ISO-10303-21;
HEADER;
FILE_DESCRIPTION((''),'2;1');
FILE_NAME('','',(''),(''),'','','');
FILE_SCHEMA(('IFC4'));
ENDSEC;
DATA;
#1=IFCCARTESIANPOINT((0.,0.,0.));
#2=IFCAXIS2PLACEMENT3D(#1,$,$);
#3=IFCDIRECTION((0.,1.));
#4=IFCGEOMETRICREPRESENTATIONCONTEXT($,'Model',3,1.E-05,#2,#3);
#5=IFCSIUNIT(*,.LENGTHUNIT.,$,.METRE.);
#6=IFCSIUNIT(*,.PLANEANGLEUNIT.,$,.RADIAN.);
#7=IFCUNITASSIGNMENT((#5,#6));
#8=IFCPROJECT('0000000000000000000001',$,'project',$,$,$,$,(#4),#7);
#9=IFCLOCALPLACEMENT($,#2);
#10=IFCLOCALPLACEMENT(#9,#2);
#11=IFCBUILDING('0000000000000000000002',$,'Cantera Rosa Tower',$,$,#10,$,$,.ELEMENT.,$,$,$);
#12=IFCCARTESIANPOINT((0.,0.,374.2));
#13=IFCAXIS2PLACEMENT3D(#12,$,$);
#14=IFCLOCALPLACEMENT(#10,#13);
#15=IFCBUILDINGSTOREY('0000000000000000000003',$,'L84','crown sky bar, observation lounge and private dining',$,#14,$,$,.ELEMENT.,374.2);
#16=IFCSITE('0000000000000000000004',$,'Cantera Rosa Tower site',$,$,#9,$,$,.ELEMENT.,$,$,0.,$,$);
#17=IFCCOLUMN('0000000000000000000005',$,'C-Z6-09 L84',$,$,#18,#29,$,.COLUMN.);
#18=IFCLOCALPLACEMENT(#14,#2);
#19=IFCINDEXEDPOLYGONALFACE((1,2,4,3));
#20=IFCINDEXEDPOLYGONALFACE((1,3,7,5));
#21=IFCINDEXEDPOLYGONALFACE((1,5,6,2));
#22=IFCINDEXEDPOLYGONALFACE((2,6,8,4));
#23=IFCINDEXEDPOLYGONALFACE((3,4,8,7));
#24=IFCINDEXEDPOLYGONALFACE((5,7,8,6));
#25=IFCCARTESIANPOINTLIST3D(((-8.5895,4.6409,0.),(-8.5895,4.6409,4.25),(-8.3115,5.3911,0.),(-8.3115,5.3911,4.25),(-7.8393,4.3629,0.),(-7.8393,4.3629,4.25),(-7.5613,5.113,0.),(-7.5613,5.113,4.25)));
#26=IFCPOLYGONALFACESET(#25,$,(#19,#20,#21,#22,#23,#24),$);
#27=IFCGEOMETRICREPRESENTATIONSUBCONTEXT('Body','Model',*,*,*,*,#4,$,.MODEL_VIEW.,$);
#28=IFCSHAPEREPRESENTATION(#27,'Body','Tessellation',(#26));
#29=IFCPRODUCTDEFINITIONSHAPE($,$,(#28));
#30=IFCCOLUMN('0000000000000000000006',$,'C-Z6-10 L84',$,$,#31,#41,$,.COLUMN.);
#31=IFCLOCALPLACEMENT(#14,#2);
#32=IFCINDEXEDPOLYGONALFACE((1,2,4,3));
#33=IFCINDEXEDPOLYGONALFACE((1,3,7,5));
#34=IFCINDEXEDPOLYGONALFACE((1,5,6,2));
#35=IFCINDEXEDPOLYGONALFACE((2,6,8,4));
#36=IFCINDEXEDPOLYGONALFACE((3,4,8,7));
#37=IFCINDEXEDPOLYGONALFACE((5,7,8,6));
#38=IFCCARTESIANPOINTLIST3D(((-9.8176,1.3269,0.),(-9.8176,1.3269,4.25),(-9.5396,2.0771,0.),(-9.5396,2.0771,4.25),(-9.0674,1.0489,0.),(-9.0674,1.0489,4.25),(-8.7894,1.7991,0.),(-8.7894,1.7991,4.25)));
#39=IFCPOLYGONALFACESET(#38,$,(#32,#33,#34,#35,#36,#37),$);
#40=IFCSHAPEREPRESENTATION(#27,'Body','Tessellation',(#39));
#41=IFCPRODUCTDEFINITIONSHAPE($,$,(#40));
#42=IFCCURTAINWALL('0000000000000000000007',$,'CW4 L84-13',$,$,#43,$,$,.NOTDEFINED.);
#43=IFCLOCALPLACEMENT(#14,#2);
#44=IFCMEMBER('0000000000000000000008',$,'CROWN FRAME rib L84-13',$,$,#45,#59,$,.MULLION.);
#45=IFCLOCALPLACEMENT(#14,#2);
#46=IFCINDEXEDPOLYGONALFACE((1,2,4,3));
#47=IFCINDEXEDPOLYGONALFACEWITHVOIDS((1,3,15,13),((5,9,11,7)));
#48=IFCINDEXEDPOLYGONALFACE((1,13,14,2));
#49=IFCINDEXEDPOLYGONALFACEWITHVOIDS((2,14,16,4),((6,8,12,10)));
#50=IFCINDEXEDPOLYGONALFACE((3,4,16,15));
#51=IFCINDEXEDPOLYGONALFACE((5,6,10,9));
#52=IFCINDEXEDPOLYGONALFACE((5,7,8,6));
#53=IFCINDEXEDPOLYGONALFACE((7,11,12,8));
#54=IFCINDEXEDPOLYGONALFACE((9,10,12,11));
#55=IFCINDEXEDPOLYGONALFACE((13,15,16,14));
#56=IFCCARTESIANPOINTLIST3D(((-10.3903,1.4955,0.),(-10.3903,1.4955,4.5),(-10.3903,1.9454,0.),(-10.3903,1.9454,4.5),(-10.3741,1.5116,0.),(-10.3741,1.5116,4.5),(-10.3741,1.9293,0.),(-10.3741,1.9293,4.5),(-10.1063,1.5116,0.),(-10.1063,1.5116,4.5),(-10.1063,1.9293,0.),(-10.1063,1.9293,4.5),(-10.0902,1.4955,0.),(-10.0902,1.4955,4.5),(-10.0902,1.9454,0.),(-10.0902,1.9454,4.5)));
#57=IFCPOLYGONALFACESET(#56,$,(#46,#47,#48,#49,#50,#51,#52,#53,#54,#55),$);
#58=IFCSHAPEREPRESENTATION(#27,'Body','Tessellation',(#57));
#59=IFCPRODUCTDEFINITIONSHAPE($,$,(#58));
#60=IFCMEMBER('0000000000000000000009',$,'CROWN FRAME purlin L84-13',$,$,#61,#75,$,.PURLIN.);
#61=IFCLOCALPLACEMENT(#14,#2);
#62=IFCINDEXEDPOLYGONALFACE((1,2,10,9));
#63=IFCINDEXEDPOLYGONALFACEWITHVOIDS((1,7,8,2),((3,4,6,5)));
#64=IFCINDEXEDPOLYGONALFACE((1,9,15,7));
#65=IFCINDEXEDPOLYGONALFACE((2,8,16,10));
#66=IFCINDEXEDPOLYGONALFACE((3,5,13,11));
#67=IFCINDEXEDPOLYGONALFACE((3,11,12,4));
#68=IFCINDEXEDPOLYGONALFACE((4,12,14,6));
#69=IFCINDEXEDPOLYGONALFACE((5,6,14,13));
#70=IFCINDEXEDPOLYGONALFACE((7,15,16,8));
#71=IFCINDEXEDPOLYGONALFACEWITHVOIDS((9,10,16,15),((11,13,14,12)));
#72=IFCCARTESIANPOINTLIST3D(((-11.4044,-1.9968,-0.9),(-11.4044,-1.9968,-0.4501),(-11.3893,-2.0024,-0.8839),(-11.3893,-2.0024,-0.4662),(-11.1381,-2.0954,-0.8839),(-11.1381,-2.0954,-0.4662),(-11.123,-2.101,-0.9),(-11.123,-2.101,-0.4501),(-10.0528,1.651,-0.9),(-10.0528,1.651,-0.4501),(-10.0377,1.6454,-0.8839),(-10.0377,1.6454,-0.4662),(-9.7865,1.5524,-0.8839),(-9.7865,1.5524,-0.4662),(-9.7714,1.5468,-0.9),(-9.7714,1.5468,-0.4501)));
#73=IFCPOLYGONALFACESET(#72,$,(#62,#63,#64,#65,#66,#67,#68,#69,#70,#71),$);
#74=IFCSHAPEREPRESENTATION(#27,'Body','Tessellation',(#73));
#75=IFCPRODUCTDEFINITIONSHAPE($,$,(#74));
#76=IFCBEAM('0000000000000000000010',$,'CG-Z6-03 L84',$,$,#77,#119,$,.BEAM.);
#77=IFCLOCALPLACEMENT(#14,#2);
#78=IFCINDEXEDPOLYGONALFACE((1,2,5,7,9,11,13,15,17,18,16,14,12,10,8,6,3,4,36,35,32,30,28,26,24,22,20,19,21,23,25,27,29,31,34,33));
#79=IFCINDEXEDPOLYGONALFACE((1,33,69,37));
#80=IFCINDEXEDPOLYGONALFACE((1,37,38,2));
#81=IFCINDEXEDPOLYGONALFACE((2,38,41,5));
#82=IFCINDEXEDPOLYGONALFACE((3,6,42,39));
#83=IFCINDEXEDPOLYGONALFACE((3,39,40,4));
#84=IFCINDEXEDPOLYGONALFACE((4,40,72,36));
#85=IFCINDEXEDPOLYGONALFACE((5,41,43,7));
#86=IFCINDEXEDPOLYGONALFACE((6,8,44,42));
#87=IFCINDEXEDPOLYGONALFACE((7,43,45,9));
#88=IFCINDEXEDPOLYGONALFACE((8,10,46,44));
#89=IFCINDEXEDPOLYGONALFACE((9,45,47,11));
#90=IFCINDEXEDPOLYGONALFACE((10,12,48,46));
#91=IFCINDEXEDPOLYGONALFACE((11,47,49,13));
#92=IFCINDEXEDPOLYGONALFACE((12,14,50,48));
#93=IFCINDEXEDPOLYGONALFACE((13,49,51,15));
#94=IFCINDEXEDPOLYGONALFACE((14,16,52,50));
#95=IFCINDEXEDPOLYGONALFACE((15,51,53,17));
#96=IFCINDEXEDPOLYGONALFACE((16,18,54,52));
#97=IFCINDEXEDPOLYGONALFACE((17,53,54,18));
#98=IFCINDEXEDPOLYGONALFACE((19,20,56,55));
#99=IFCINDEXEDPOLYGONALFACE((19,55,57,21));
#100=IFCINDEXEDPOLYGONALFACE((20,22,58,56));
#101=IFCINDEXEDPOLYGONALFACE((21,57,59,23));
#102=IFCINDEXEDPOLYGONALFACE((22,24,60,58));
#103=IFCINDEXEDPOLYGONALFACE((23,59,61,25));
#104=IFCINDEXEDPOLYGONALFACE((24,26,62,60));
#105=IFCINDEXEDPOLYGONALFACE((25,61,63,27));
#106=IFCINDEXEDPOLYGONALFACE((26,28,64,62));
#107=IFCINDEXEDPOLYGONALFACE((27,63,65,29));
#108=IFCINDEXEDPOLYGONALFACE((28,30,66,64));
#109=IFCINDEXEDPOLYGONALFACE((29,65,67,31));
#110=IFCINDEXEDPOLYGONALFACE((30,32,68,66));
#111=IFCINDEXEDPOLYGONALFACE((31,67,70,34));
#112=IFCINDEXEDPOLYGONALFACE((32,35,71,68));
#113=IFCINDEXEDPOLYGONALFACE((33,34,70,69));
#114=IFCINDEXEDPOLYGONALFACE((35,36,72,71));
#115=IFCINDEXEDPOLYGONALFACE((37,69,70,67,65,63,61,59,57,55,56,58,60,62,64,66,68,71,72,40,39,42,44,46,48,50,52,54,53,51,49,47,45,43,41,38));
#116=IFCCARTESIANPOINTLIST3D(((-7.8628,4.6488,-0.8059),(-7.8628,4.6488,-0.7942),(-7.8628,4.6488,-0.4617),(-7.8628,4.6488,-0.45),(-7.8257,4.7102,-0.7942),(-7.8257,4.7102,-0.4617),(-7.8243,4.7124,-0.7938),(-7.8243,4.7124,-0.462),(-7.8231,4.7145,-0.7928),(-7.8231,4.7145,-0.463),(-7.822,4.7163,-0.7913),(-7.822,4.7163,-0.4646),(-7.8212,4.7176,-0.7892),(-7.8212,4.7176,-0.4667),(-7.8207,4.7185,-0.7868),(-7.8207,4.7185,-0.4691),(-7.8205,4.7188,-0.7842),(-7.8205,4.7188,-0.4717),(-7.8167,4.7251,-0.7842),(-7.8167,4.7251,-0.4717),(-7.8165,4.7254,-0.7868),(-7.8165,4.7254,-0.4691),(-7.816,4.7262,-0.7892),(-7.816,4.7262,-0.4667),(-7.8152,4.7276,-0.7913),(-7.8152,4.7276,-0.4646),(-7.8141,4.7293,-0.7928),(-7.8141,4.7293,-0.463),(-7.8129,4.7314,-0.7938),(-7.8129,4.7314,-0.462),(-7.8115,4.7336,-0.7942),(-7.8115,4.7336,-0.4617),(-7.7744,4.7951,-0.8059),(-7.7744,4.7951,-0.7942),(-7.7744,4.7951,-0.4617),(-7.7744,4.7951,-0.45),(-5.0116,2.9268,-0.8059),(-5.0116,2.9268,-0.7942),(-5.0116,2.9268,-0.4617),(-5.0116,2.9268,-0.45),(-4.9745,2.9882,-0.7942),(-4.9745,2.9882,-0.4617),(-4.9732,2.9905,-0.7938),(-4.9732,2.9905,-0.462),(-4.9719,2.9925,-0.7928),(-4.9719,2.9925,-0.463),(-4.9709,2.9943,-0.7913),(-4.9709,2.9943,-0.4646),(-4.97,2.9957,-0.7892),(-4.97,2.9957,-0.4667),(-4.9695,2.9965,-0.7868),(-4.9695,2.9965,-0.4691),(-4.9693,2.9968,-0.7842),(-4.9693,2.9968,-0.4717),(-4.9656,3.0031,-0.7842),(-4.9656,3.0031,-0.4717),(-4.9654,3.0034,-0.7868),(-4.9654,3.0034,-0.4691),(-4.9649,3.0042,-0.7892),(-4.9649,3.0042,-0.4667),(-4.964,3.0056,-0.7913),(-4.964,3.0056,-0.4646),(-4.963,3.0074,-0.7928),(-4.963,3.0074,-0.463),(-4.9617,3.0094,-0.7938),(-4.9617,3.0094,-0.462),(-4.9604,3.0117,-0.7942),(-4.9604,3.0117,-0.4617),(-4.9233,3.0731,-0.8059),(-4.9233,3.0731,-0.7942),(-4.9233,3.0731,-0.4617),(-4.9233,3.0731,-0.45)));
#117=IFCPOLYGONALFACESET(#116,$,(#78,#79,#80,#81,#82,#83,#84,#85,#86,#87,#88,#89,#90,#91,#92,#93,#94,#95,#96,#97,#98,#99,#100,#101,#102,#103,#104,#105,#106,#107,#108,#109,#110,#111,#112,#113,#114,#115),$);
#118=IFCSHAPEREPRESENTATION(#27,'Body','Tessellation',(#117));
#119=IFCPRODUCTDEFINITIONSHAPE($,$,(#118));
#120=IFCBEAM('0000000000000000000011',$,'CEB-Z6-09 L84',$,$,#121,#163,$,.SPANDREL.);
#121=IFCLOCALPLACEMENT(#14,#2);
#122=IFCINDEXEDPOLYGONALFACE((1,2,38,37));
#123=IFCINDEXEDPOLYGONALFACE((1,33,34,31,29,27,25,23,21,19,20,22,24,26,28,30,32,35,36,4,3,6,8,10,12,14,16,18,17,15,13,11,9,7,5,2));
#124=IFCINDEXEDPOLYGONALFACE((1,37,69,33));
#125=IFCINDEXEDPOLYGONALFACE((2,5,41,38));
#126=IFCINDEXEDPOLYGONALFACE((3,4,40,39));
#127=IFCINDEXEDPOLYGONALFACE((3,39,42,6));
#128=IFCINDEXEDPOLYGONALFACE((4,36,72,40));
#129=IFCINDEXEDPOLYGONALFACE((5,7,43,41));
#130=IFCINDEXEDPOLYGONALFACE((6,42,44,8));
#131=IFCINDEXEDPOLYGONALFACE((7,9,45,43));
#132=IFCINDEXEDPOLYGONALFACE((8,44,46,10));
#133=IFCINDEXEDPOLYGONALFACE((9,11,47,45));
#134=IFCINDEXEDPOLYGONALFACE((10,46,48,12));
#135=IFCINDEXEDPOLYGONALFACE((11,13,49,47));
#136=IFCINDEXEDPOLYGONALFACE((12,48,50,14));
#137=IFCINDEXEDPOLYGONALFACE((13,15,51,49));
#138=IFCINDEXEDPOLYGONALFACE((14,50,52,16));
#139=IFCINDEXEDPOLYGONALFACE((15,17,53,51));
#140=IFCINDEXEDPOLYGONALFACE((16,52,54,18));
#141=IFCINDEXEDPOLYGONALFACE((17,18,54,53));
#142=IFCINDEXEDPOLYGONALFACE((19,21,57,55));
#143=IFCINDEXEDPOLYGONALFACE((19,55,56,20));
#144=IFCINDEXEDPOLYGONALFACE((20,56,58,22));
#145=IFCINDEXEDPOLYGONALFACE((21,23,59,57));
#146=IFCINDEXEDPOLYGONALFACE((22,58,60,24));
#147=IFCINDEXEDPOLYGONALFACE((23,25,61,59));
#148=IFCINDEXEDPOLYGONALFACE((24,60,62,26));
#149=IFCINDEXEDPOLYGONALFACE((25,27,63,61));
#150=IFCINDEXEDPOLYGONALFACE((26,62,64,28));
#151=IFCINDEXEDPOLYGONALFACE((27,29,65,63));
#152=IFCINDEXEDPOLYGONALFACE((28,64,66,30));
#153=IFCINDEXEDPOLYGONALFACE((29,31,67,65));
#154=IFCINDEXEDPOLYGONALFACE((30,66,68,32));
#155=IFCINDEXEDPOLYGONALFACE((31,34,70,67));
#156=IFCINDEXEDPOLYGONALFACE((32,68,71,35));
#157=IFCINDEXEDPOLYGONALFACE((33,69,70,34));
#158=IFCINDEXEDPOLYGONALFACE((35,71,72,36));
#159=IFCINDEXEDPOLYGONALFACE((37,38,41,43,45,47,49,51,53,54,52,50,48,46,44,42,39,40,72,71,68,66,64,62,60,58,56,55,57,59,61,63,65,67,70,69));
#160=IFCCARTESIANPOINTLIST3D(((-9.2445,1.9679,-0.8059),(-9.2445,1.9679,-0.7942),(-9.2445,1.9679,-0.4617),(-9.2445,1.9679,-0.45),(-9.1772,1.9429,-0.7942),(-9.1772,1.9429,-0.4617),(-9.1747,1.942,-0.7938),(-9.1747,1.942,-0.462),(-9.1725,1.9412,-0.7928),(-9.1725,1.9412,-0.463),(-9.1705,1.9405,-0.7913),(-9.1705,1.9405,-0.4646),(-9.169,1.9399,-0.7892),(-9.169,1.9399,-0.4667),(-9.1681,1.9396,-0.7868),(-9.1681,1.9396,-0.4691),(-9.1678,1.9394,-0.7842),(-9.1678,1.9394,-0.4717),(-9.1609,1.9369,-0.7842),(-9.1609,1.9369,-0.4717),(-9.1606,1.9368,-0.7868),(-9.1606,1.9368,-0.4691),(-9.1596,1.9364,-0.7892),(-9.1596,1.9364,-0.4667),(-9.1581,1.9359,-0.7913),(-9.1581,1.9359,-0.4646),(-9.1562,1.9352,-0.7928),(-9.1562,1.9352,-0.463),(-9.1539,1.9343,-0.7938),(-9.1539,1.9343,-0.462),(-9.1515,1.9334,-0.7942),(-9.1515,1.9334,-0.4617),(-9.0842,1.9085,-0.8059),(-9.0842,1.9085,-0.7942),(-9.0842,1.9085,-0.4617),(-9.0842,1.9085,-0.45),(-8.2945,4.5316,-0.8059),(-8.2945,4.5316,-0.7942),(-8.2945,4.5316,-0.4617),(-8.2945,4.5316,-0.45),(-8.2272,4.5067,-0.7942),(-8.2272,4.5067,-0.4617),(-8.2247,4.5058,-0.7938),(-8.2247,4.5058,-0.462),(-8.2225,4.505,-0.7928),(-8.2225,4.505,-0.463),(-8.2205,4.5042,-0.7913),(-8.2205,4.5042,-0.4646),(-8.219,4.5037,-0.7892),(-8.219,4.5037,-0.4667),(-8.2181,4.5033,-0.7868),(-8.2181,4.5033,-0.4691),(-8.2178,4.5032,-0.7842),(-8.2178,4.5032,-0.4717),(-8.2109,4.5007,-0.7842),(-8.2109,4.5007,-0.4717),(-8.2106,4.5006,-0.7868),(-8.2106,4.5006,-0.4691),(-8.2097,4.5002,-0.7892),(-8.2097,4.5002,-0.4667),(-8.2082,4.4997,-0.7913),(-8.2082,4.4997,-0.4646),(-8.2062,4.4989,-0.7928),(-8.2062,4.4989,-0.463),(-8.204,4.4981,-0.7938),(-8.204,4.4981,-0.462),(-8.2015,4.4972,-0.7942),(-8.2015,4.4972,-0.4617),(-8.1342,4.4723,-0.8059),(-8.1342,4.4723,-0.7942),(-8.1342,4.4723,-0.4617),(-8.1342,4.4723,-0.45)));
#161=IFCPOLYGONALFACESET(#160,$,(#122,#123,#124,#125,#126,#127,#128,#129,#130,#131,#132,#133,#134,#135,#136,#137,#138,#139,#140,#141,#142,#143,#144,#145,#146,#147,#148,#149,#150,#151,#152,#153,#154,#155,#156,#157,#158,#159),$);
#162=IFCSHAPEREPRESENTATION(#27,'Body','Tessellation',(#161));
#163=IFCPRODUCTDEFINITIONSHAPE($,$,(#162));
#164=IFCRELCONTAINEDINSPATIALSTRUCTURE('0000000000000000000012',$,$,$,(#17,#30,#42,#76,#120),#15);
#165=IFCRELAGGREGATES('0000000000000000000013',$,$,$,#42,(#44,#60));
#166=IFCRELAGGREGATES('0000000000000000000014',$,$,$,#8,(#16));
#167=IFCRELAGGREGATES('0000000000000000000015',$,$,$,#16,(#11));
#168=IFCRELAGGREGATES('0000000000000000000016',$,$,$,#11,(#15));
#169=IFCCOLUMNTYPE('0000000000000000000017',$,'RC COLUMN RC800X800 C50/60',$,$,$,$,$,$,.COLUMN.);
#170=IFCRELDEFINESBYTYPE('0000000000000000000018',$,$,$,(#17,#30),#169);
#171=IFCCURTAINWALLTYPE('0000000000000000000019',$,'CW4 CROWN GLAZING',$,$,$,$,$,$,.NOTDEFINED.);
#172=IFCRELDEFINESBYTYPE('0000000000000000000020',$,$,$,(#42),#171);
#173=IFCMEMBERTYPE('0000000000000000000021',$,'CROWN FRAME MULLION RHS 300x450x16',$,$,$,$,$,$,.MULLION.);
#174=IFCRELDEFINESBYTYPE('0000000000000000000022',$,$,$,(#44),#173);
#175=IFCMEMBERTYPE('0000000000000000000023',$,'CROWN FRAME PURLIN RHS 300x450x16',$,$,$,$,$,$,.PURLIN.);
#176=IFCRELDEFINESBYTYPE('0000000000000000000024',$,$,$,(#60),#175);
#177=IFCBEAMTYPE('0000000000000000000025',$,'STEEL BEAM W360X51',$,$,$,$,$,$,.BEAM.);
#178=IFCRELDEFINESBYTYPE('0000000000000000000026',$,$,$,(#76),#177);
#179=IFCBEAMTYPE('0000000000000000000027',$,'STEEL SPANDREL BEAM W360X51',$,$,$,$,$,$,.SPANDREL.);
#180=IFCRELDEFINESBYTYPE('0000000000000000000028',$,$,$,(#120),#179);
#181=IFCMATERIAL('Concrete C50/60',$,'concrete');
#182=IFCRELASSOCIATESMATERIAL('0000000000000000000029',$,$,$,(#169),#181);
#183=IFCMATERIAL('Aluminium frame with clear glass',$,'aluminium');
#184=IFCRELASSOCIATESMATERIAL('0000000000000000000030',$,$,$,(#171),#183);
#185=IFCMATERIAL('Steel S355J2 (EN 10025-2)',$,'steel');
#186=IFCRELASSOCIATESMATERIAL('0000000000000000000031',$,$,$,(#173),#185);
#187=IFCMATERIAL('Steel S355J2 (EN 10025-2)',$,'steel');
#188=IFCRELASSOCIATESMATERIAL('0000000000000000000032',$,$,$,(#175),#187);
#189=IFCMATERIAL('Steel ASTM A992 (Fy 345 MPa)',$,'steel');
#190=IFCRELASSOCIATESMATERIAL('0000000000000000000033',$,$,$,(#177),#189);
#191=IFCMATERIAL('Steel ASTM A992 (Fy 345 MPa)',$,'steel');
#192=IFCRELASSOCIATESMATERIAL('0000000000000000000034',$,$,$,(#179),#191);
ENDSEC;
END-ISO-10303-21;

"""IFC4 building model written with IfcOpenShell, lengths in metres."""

from ifc_helpers import new_model, si_unit, direction, frame, origin, origin_2d, place, context, subcontext, project, spatial, rectangle, hollow_rectangle, i_section, extrude, material, material_profile, profile_set, type_object, element, aggregate, save


model = new_model("IFC4")

# Units and contexts
model_context = context("Model", 3, precision=1e-05, world=origin(), true_north=direction((0.0, 1.0)))
body_context = subcontext(model_context, "Body", "Model", "MODEL_VIEW")
ifc_project = project(units=[si_unit("LENGTHUNIT", "METRE"), si_unit("PLANEANGLEUNIT", "RADIAN")], contexts=[model_context])

# Site, building, storey
site_placement = place(None, origin())
site = spatial("IfcSite", under=ifc_project, at=site_placement, Name="Cantera Rosa Tower site", CompositionType="ELEMENT", RefElevation=0.0)
building_placement = place(site_placement, origin())
building = spatial("IfcBuilding", under=site, at=building_placement, Name="Cantera Rosa Tower", CompositionType="ELEMENT")
storey_placement = place(building_placement, frame((0.0, 0.0, 374.2)))
storey = spatial("IfcBuildingStorey", under=building, at=storey_placement, Name="L84", Description="crown sky bar, observation lounge and private dining", CompositionType="ELEMENT", Elevation=374.2)

# Columns
ifc_material_1 = material(Name="Concrete C50/60", Category="concrete")
ifc_material_profile_1 = material_profile(ifc_material_1, rectangle(XDim=0.8, YDim=0.8, at=origin_2d()), Name="RC COLUMN RC800X800 C50/60")
ifc_profile_set_1 = profile_set([ifc_material_profile_1], Name="Concrete C50/60")
column_type = type_object("IfcColumnType", Name="RC COLUMN RC800X800 C50/60", PredefinedType="COLUMN", material=ifc_profile_set_1)
for number, where, z_axis, x_axis, name in (
    (1, (-8.0754, 4.877, 0.0), (0.0, 0.0, 1.0), (0.347481, 0.937687, 0.0), "C-Z6-09 L84"),
    (2, (-9.3035, 1.563, 0.0), (0.0, 0.0, 1.0), (0.347481, 0.937687, 0.0), "C-Z6-10 L84"),
):
    element("IfcColumn", number, at=place(storey_placement, frame(where, z_axis=z_axis, x_axis=x_axis)), inside=storey, type_object=column_type, Name=name, PredefinedType="COLUMN", context=body_context, shape_type="SweptSolid", body=[
        extrude(rectangle(XDim=0.8, YDim=0.8, at=origin_2d()), origin(), (0.0, 0.0, 1.0), 4.25),
    ])

# Curtain wall, members
ifc_material_2 = material(Name="Aluminium frame with clear glass", Category="aluminium")
curtain_wall_type = type_object("IfcCurtainWallType", Name="CW4 CROWN GLAZING", PredefinedType="NOTDEFINED", material=ifc_material_2)
curtain_wall_1_placement = place(storey_placement, origin())
curtain_wall_1 = element("IfcCurtainWall", 3, at=curtain_wall_1_placement, inside=storey, type_object=curtain_wall_type, Name="CW4 L84-13", PredefinedType="NOTDEFINED")
ifc_material_3 = material(Name="Steel S355J2 (EN 10025-2)", Category="steel")
ifc_material_profile_2 = material_profile(ifc_material_3, hollow_rectangle(XDim=0.3, YDim=0.45, WallThickness=0.0161, at=origin_2d()), Name="CROWN FRAME MULLION RHS 300x450x16")
ifc_profile_set_2 = profile_set([ifc_material_profile_2], Name="Steel S355J2 (EN 10025-2)")
member_type_1 = type_object("IfcMemberType", Name="CROWN FRAME MULLION RHS 300x450x16", PredefinedType="MULLION", material=ifc_profile_set_2)
member_1_placement = place(storey_placement, frame((-10.2402, 1.7205, 0.0), z_axis=(0.0, 0.0, 1.0), x_axis=(1.0, 0.0, 0.0)))
member_1 = element("IfcMember", 4, at=member_1_placement, type_object=member_type_1, Name="CROWN FRAME rib L84-13", PredefinedType="MULLION", context=body_context, shape_type="SweptSolid", body=[
    extrude(hollow_rectangle(XDim=0.3, YDim=0.45, WallThickness=0.0161, at=origin_2d()), origin(), (0.0, 0.0, 1.0), 4.5),
])
ifc_material_4 = material(Name="Steel S355J2 (EN 10025-2)", Category="steel")
ifc_material_profile_3 = material_profile(ifc_material_4, hollow_rectangle(XDim=0.3, YDim=0.45, WallThickness=0.0161, at=origin_2d()), Name="CROWN FRAME PURLIN RHS 300x450x16")
ifc_profile_set_3 = profile_set([ifc_material_profile_3], Name="Steel S355J2 (EN 10025-2)")
member_type_2 = type_object("IfcMemberType", Name="CROWN FRAME PURLIN RHS 300x450x16", PredefinedType="PURLIN", material=ifc_profile_set_3)
member_2_placement = place(storey_placement, frame((-9.9121, 1.5989, -0.675), z_axis=(-0.347441, -0.937702, 0.0), x_axis=(0.937702, -0.347441, 0.0)))
member_2 = element("IfcMember", 5, at=member_2_placement, type_object=member_type_2, Name="CROWN FRAME purlin L84-13", PredefinedType="PURLIN", context=body_context, shape_type="SweptSolid", body=[
    extrude(hollow_rectangle(XDim=0.3, YDim=0.45, WallThickness=0.0161, at=origin_2d()), origin(), (0.0, 0.0, 1.0), 3.8901),
])

# Beams
ifc_material_5 = material(Name="Steel ASTM A992 (Fy 345 MPa)", Category="steel")
ifc_material_profile_4 = material_profile(ifc_material_5, i_section(OverallWidth=0.1709, OverallDepth=0.356, WebThickness=0.0073, FlangeThickness=0.0117, FilletRadius=0.01, at=origin_2d()), Name="W360X51")
ifc_profile_set_4 = profile_set([ifc_material_profile_4], Name="Steel ASTM A992 (Fy 345 MPa)")
beam_type_1 = type_object("IfcBeamType", Name="STEEL BEAM W360X51", PredefinedType="BEAM", material=ifc_profile_set_4)
beam_1_placement = place(storey_placement, frame((-7.8186, 4.7219, -0.6279), z_axis=(0.855995, -0.516984, 0.0), x_axis=(0.516984, 0.855995, 0.0)))
element("IfcBeam", 6, at=beam_1_placement, inside=storey, type_object=beam_type_1, Name="CG-Z6-03 L84", PredefinedType="BEAM", context=body_context, shape_type="SweptSolid", body=[
    extrude(i_section(OverallWidth=0.1709, OverallDepth=0.356, WebThickness=0.0073, FlangeThickness=0.0117, FilletRadius=0.01, at=origin_2d()), origin(), (0.0, 0.0, 1.0), 3.3308),
])
ifc_material_6 = material(Name="Steel ASTM A992 (Fy 345 MPa)", Category="steel")
ifc_material_profile_5 = material_profile(ifc_material_6, i_section(OverallWidth=0.1709, OverallDepth=0.356, WebThickness=0.0073, FlangeThickness=0.0117, FilletRadius=0.01, at=origin_2d()), Name="W360X51")
ifc_profile_set_5 = profile_set([ifc_material_profile_5], Name="Steel ASTM A992 (Fy 345 MPa)")
beam_type_2 = type_object("IfcBeamType", Name="STEEL SPANDREL BEAM W360X51", PredefinedType="SPANDREL", material=ifc_profile_set_5)
beam_2_placement = place(storey_placement, frame((-8.2144, 4.502, -0.6279), z_axis=(-0.347451, -0.937698, 0.0), x_axis=(0.937698, -0.347451, 0.0)))
element("IfcBeam", 7, at=beam_2_placement, inside=storey, type_object=beam_type_2, Name="CEB-Z6-09 L84", PredefinedType="SPANDREL", context=body_context, shape_type="SweptSolid", body=[
    extrude(i_section(OverallWidth=0.1709, OverallDepth=0.356, WebThickness=0.0073, FlangeThickness=0.0117, FilletRadius=0.01, at=origin_2d()), origin(), (0.0, 0.0, 1.0), 2.7341),
])

aggregate(curtain_wall_1, [member_1, member_2])

save(model, "model.ifc")
